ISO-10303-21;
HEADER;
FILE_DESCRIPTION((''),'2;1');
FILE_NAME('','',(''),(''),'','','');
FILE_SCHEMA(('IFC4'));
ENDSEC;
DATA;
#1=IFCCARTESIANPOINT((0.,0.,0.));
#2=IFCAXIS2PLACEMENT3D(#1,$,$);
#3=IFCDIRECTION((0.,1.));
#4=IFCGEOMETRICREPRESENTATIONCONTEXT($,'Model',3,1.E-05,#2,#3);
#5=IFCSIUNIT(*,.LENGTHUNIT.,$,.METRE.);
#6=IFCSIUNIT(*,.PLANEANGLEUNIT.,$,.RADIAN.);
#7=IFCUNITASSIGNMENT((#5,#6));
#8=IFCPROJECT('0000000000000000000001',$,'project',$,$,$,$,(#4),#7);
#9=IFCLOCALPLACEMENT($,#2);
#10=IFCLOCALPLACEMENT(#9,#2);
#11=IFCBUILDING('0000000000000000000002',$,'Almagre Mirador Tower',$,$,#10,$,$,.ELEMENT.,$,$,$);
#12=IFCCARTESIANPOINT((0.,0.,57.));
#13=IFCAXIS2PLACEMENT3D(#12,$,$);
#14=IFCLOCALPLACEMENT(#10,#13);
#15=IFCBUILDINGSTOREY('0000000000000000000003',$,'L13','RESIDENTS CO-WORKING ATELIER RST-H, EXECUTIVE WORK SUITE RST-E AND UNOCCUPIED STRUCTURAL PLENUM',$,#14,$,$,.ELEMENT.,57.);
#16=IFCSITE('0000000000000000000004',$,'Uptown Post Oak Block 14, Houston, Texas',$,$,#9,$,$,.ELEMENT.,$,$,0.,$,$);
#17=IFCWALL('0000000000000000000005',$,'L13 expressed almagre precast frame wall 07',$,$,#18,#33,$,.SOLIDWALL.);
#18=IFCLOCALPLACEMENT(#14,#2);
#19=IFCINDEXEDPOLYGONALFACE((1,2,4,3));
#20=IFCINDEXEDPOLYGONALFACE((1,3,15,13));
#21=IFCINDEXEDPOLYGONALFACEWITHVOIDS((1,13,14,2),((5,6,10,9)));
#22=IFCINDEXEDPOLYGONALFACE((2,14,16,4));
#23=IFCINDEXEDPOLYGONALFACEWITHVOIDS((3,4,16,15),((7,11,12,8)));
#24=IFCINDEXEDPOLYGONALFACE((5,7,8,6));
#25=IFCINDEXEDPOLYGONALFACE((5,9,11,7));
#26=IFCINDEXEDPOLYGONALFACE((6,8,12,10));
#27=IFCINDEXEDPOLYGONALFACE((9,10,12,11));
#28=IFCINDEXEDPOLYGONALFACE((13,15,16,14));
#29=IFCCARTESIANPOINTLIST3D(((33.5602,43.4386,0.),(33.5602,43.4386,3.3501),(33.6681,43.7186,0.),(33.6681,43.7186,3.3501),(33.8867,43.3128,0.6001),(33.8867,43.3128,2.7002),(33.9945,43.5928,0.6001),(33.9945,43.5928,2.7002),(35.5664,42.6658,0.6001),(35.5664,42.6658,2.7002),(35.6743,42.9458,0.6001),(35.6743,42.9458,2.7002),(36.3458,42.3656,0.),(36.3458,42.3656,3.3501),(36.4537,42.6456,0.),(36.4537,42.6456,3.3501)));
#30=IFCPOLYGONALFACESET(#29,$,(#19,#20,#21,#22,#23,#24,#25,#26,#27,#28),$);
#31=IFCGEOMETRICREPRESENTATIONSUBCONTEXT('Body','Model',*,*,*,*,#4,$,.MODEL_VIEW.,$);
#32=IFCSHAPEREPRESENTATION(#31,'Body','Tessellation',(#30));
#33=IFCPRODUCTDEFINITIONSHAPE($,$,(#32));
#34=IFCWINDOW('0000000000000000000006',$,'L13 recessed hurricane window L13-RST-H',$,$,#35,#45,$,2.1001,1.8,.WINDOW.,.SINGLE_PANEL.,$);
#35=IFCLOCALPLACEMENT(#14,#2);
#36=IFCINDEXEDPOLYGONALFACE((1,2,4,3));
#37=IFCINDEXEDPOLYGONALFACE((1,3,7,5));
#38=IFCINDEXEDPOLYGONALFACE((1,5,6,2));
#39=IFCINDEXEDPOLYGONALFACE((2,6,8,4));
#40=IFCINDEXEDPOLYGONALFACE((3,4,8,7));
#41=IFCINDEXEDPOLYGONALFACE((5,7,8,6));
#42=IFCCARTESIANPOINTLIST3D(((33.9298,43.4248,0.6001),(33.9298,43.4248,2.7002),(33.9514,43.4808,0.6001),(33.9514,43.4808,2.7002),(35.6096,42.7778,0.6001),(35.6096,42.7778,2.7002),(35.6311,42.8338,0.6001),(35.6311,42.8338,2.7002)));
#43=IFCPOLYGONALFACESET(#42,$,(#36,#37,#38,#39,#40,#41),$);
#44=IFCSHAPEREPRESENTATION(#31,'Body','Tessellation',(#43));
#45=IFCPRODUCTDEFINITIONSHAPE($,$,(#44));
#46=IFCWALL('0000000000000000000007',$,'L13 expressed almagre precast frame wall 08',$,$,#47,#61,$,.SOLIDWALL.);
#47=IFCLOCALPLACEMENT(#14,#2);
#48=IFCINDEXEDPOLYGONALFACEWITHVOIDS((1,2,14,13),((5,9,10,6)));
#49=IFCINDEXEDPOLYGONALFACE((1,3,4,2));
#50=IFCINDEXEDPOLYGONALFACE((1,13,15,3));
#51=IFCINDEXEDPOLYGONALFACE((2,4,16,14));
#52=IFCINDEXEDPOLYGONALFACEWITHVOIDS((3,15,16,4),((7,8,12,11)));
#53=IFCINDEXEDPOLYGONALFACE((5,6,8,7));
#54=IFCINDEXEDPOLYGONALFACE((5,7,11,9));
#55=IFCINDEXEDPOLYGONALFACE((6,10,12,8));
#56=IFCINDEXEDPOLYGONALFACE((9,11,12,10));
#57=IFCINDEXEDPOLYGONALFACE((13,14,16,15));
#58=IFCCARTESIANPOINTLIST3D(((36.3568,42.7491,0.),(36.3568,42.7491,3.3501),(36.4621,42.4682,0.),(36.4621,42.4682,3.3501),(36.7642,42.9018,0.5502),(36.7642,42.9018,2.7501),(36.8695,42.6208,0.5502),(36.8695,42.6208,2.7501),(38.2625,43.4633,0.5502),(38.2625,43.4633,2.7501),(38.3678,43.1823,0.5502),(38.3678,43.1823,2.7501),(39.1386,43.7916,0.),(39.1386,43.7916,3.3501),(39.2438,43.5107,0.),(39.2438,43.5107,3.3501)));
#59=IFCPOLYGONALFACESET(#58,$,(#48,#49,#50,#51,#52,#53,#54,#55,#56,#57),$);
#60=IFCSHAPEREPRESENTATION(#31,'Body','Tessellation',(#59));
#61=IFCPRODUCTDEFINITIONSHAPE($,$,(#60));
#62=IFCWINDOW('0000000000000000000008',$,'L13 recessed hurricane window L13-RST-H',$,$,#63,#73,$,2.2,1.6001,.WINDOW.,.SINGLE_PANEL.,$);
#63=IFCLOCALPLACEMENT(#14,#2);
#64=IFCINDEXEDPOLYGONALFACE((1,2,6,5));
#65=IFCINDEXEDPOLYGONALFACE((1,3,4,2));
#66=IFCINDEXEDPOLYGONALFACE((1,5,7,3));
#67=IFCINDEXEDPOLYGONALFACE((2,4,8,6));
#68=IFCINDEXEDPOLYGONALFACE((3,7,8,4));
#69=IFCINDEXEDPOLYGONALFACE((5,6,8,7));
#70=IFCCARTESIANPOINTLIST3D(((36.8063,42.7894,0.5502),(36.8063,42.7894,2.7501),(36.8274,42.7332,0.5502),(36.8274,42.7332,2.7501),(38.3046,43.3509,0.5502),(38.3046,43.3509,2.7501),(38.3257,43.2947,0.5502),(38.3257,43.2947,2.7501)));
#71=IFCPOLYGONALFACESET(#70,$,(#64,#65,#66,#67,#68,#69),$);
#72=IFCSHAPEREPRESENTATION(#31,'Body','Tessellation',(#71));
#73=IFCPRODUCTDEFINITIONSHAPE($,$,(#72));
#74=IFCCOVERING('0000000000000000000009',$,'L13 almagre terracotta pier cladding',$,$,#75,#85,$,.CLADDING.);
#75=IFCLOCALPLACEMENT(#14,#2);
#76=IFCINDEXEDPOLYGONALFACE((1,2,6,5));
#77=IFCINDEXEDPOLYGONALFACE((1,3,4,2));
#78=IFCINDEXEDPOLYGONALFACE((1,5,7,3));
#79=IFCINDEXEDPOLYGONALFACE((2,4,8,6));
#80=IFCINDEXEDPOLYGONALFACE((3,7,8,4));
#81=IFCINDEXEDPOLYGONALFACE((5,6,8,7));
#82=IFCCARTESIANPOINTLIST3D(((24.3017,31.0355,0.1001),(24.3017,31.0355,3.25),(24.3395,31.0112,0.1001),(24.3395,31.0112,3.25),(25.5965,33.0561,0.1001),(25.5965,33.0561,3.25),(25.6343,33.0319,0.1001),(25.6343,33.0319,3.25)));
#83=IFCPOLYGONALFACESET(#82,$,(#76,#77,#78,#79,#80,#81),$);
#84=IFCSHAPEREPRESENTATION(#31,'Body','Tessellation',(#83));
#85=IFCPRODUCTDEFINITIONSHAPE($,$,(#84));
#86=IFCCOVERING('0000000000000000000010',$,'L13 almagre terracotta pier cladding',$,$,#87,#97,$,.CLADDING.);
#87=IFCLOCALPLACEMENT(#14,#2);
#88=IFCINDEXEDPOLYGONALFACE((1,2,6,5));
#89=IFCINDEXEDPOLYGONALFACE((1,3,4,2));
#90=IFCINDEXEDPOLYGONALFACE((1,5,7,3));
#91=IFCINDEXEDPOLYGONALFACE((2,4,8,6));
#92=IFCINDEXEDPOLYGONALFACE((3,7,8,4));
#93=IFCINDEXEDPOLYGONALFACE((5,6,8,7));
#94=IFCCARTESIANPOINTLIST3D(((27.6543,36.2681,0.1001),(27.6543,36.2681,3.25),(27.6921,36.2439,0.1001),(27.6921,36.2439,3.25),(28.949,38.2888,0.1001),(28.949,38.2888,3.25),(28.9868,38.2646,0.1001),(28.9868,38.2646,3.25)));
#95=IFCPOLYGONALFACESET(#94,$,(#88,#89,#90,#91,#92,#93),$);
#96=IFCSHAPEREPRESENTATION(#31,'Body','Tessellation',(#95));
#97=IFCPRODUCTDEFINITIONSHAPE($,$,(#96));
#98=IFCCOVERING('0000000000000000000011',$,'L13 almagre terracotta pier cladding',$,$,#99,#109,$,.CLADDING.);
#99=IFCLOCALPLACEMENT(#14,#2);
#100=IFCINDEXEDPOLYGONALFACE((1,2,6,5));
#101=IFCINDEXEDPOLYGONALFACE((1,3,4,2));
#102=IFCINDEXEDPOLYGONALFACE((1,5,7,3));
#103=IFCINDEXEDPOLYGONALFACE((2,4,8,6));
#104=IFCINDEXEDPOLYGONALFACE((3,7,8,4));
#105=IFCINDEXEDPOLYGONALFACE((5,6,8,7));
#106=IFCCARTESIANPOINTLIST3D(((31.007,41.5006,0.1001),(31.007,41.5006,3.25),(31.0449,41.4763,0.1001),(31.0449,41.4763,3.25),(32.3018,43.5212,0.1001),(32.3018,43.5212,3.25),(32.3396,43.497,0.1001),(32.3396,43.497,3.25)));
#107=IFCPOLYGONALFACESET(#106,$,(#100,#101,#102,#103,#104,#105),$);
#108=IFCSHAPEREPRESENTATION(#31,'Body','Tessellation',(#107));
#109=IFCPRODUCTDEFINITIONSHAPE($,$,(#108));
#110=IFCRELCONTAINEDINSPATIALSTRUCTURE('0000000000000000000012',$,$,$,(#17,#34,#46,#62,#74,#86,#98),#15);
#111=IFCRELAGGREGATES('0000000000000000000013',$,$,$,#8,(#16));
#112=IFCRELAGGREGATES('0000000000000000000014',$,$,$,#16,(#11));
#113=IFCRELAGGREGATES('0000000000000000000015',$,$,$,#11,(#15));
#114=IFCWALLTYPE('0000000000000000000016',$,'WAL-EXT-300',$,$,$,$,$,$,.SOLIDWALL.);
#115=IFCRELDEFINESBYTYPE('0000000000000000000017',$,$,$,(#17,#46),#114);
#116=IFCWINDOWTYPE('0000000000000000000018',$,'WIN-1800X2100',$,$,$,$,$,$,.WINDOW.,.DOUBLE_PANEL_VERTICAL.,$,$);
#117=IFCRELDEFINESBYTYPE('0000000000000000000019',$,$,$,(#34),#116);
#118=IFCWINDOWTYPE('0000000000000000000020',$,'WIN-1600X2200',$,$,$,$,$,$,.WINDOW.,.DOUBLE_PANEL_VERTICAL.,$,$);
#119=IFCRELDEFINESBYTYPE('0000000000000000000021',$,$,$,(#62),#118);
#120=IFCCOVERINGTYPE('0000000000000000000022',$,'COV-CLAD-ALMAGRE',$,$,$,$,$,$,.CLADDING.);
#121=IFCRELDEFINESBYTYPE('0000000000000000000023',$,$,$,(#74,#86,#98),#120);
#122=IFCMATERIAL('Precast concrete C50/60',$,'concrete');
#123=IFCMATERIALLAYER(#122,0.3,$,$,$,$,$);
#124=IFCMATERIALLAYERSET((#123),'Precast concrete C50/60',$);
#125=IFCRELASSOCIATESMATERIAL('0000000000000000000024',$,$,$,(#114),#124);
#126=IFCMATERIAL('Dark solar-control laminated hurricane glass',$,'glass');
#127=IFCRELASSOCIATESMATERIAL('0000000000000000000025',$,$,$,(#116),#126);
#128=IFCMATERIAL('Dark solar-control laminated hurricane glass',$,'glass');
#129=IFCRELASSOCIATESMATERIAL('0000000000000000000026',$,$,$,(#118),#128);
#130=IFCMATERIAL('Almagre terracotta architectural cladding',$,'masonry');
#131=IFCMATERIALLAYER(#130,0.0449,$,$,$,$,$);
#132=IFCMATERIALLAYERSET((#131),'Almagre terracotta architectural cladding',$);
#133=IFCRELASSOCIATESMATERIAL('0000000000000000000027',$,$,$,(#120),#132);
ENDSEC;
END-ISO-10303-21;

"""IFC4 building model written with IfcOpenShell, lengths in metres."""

from ifc_helpers import new_model, si_unit, direction, frame, frame_2d, origin, origin_2d, place, context, subcontext, project, spatial, rectangle, extrude, material, layer, layer_set, type_object, element, fill, save


model = new_model("IFC4")

# Units and contexts
model_context = context("Model", 3, precision=1e-05, world=origin(), true_north=direction((0.0, 1.0)))
body_context = subcontext(model_context, "Body", "Model", "MODEL_VIEW")
ifc_project = project(units=[si_unit("LENGTHUNIT", "METRE"), si_unit("PLANEANGLEUNIT", "RADIAN")], contexts=[model_context])

# Site, building, storey
site_placement = place(None, origin())
site = spatial("IfcSite", under=ifc_project, at=site_placement, Name="Uptown Post Oak Block 14, Houston, Texas", CompositionType="ELEMENT", RefElevation=0.0)
building_placement = place(site_placement, origin())
building = spatial("IfcBuilding", under=site, at=building_placement, Name="Almagre Mirador Tower", CompositionType="ELEMENT")
storey_placement = place(building_placement, frame((0.0, 0.0, 57.0)))
storey = spatial("IfcBuildingStorey", under=building, at=storey_placement, Name="L13", Description="RESIDENTS CO-WORKING ATELIER RST-H, EXECUTIVE WORK SUITE RST-E AND UNOCCUPIED STRUCTURAL PLENUM", CompositionType="ELEMENT", Elevation=57.0)

# Shared definitions
ifc_material_1 = material(Name="Precast concrete C50/60", Category="concrete")
ifc_layer_1 = layer(ifc_material_1, 0.3)
ifc_layer_set_1 = layer_set([ifc_layer_1], Name="Precast concrete C50/60")
wall_type = type_object("IfcWallType", Name="WAL-EXT-300", PredefinedType="SOLIDWALL", material=ifc_layer_set_1)

# Walls, openings, windows
wall_1_placement = place(storey_placement, frame((33.614, 43.5786, 0.0), z_axis=(0.0, 0.0, 1.0), x_axis=(0.933166, -0.359445, 0.0)))
wall_1 = element("IfcWall", 1, at=wall_1_placement, inside=storey, type_object=wall_type, Name="L13 expressed almagre precast frame wall 07", PredefinedType="SOLIDWALL", context=body_context, shape_type="SweptSolid", body=[
    extrude(rectangle(XDim=2.9851, YDim=0.3, at=frame_2d((1.4927, 0.0))), origin(), (0.0, 0.0, 1.0), 3.3501),
])
opening_1_placement = place(wall_1_placement, frame((0.3501, 0.0, 0.6001)))
opening_1 = element("IfcOpeningElement", 2, at=opening_1_placement, cuts=wall_1, PredefinedType="OPENING", context=body_context, shape_type="SweptSolid", body=[
    extrude(rectangle(XDim=1.8, YDim=2.1001, at=frame_2d((0.8999, 1.05))), frame((0.0, 0.1599, 0.0), z_axis=(0.0, -1.0, 0.0), x_axis=(1.0, 0.0, 0.0)), (0.0, 0.0, 1.0), 0.32),
])
ifc_material_2 = material(Name="Dark solar-control laminated hurricane glass", Category="glass")
window_type_1 = type_object("IfcWindowType", Name="WIN-1800X2100", PartitioningType="DOUBLE_PANEL_VERTICAL", PredefinedType="WINDOW", material=ifc_material_2)
window_1_placement = place(opening_1_placement, origin())
window_1 = element("IfcWindow", 3, at=window_1_placement, inside=storey, type_object=window_type_1, Name="L13 recessed hurricane window L13-RST-H", OverallHeight=2.1001, OverallWidth=1.8, PartitioningType="SINGLE_PANEL", PredefinedType="WINDOW", context=body_context, shape_type="SweptSolid", body=[
    extrude(rectangle(XDim=1.8, YDim=2.1001, at=frame_2d((0.8999, 1.05))), frame((0.0, 0.03, 0.0), z_axis=(0.0, -1.0, 0.0), x_axis=(1.0, 0.0, 0.0)), (0.0, 0.0, 1.0), 0.0601),
])
fill(opening_1, window_1)
wall_2_placement = place(storey_placement, frame((36.4094, 42.6086, 0.0), z_axis=(0.0, 0.0, 1.0), x_axis=(0.936403, 0.350925, 0.0)))
wall_2 = element("IfcWall", 4, at=wall_2_placement, inside=storey, type_object=wall_type, Name="L13 expressed almagre precast frame wall 08", PredefinedType="SOLIDWALL", context=body_context, shape_type="SweptSolid", body=[
    extrude(rectangle(XDim=2.9707, YDim=0.3, at=frame_2d((1.4854, 0.0))), origin(), (0.0, 0.0, 1.0), 3.3501),
])
opening_2_placement = place(wall_2_placement, frame((0.4351, 0.0, 0.55)))
opening_2 = element("IfcOpeningElement", 5, at=opening_2_placement, cuts=wall_2, PredefinedType="OPENING", context=body_context, shape_type="SweptSolid", body=[
    extrude(rectangle(XDim=1.6001, YDim=2.2, at=frame_2d((0.8, 1.1001))), frame((0.0, 0.1599, 0.0), z_axis=(0.0, -1.0, 0.0), x_axis=(1.0, 0.0, 0.0)), (0.0, 0.0, 1.0), 0.32),
])
ifc_material_3 = material(Name="Dark solar-control laminated hurricane glass", Category="glass")
window_type_2 = type_object("IfcWindowType", Name="WIN-1600X2200", PartitioningType="DOUBLE_PANEL_VERTICAL", PredefinedType="WINDOW", material=ifc_material_3)
window_2_placement = place(opening_2_placement, origin())
window_2 = element("IfcWindow", 6, at=window_2_placement, inside=storey, type_object=window_type_2, Name="L13 recessed hurricane window L13-RST-H", OverallHeight=2.2, OverallWidth=1.6001, PartitioningType="SINGLE_PANEL", PredefinedType="WINDOW", context=body_context, shape_type="SweptSolid", body=[
    extrude(rectangle(XDim=1.6001, YDim=2.2, at=frame_2d((0.8, 1.1001))), frame((0.0, 0.03, 0.0), z_axis=(0.0, -1.0, 0.0), x_axis=(1.0, 0.0, 0.0)), (0.0, 0.0, 1.0), 0.0601),
])
fill(opening_2, window_2)

# Coverings
ifc_material_4 = material(Name="Almagre terracotta architectural cladding", Category="masonry")
ifc_layer_2 = layer(ifc_material_4, 0.0449)
ifc_layer_set_2 = layer_set([ifc_layer_2], Name="Almagre terracotta architectural cladding")
covering_type = type_object("IfcCoveringType", Name="COV-CLAD-ALMAGRE", PredefinedType="CLADDING", material=ifc_layer_set_2)
for number, where, z_axis, x_axis, name in (
    (7, (24.968, 32.0337, 0.1001), (0.0, 0.0, 1.0), (0.539506, 0.841982, 0.0), "L13 almagre terracotta pier cladding"),
    (8, (28.3206, 37.2664, 0.1001), (0.0, 0.0, 1.0), (0.539506, 0.841982, 0.0), "L13 almagre terracotta pier cladding"),
    (9, (31.6733, 42.4988, 0.1001), (0.0, 0.0, 1.0), (0.539506, 0.841982, 0.0), "L13 almagre terracotta pier cladding"),
):
    element("IfcCovering", number, at=place(storey_placement, frame(where, z_axis=z_axis, x_axis=x_axis)), inside=storey, type_object=covering_type, Name=name, PredefinedType="CLADDING", context=body_context, shape_type="SweptSolid", body=[
        extrude(rectangle(XDim=2.3999, YDim=0.0449, at=origin_2d()), origin(), (0.0, 0.0, 1.0), 3.1499),
    ])

save(model, "model.ifc")
